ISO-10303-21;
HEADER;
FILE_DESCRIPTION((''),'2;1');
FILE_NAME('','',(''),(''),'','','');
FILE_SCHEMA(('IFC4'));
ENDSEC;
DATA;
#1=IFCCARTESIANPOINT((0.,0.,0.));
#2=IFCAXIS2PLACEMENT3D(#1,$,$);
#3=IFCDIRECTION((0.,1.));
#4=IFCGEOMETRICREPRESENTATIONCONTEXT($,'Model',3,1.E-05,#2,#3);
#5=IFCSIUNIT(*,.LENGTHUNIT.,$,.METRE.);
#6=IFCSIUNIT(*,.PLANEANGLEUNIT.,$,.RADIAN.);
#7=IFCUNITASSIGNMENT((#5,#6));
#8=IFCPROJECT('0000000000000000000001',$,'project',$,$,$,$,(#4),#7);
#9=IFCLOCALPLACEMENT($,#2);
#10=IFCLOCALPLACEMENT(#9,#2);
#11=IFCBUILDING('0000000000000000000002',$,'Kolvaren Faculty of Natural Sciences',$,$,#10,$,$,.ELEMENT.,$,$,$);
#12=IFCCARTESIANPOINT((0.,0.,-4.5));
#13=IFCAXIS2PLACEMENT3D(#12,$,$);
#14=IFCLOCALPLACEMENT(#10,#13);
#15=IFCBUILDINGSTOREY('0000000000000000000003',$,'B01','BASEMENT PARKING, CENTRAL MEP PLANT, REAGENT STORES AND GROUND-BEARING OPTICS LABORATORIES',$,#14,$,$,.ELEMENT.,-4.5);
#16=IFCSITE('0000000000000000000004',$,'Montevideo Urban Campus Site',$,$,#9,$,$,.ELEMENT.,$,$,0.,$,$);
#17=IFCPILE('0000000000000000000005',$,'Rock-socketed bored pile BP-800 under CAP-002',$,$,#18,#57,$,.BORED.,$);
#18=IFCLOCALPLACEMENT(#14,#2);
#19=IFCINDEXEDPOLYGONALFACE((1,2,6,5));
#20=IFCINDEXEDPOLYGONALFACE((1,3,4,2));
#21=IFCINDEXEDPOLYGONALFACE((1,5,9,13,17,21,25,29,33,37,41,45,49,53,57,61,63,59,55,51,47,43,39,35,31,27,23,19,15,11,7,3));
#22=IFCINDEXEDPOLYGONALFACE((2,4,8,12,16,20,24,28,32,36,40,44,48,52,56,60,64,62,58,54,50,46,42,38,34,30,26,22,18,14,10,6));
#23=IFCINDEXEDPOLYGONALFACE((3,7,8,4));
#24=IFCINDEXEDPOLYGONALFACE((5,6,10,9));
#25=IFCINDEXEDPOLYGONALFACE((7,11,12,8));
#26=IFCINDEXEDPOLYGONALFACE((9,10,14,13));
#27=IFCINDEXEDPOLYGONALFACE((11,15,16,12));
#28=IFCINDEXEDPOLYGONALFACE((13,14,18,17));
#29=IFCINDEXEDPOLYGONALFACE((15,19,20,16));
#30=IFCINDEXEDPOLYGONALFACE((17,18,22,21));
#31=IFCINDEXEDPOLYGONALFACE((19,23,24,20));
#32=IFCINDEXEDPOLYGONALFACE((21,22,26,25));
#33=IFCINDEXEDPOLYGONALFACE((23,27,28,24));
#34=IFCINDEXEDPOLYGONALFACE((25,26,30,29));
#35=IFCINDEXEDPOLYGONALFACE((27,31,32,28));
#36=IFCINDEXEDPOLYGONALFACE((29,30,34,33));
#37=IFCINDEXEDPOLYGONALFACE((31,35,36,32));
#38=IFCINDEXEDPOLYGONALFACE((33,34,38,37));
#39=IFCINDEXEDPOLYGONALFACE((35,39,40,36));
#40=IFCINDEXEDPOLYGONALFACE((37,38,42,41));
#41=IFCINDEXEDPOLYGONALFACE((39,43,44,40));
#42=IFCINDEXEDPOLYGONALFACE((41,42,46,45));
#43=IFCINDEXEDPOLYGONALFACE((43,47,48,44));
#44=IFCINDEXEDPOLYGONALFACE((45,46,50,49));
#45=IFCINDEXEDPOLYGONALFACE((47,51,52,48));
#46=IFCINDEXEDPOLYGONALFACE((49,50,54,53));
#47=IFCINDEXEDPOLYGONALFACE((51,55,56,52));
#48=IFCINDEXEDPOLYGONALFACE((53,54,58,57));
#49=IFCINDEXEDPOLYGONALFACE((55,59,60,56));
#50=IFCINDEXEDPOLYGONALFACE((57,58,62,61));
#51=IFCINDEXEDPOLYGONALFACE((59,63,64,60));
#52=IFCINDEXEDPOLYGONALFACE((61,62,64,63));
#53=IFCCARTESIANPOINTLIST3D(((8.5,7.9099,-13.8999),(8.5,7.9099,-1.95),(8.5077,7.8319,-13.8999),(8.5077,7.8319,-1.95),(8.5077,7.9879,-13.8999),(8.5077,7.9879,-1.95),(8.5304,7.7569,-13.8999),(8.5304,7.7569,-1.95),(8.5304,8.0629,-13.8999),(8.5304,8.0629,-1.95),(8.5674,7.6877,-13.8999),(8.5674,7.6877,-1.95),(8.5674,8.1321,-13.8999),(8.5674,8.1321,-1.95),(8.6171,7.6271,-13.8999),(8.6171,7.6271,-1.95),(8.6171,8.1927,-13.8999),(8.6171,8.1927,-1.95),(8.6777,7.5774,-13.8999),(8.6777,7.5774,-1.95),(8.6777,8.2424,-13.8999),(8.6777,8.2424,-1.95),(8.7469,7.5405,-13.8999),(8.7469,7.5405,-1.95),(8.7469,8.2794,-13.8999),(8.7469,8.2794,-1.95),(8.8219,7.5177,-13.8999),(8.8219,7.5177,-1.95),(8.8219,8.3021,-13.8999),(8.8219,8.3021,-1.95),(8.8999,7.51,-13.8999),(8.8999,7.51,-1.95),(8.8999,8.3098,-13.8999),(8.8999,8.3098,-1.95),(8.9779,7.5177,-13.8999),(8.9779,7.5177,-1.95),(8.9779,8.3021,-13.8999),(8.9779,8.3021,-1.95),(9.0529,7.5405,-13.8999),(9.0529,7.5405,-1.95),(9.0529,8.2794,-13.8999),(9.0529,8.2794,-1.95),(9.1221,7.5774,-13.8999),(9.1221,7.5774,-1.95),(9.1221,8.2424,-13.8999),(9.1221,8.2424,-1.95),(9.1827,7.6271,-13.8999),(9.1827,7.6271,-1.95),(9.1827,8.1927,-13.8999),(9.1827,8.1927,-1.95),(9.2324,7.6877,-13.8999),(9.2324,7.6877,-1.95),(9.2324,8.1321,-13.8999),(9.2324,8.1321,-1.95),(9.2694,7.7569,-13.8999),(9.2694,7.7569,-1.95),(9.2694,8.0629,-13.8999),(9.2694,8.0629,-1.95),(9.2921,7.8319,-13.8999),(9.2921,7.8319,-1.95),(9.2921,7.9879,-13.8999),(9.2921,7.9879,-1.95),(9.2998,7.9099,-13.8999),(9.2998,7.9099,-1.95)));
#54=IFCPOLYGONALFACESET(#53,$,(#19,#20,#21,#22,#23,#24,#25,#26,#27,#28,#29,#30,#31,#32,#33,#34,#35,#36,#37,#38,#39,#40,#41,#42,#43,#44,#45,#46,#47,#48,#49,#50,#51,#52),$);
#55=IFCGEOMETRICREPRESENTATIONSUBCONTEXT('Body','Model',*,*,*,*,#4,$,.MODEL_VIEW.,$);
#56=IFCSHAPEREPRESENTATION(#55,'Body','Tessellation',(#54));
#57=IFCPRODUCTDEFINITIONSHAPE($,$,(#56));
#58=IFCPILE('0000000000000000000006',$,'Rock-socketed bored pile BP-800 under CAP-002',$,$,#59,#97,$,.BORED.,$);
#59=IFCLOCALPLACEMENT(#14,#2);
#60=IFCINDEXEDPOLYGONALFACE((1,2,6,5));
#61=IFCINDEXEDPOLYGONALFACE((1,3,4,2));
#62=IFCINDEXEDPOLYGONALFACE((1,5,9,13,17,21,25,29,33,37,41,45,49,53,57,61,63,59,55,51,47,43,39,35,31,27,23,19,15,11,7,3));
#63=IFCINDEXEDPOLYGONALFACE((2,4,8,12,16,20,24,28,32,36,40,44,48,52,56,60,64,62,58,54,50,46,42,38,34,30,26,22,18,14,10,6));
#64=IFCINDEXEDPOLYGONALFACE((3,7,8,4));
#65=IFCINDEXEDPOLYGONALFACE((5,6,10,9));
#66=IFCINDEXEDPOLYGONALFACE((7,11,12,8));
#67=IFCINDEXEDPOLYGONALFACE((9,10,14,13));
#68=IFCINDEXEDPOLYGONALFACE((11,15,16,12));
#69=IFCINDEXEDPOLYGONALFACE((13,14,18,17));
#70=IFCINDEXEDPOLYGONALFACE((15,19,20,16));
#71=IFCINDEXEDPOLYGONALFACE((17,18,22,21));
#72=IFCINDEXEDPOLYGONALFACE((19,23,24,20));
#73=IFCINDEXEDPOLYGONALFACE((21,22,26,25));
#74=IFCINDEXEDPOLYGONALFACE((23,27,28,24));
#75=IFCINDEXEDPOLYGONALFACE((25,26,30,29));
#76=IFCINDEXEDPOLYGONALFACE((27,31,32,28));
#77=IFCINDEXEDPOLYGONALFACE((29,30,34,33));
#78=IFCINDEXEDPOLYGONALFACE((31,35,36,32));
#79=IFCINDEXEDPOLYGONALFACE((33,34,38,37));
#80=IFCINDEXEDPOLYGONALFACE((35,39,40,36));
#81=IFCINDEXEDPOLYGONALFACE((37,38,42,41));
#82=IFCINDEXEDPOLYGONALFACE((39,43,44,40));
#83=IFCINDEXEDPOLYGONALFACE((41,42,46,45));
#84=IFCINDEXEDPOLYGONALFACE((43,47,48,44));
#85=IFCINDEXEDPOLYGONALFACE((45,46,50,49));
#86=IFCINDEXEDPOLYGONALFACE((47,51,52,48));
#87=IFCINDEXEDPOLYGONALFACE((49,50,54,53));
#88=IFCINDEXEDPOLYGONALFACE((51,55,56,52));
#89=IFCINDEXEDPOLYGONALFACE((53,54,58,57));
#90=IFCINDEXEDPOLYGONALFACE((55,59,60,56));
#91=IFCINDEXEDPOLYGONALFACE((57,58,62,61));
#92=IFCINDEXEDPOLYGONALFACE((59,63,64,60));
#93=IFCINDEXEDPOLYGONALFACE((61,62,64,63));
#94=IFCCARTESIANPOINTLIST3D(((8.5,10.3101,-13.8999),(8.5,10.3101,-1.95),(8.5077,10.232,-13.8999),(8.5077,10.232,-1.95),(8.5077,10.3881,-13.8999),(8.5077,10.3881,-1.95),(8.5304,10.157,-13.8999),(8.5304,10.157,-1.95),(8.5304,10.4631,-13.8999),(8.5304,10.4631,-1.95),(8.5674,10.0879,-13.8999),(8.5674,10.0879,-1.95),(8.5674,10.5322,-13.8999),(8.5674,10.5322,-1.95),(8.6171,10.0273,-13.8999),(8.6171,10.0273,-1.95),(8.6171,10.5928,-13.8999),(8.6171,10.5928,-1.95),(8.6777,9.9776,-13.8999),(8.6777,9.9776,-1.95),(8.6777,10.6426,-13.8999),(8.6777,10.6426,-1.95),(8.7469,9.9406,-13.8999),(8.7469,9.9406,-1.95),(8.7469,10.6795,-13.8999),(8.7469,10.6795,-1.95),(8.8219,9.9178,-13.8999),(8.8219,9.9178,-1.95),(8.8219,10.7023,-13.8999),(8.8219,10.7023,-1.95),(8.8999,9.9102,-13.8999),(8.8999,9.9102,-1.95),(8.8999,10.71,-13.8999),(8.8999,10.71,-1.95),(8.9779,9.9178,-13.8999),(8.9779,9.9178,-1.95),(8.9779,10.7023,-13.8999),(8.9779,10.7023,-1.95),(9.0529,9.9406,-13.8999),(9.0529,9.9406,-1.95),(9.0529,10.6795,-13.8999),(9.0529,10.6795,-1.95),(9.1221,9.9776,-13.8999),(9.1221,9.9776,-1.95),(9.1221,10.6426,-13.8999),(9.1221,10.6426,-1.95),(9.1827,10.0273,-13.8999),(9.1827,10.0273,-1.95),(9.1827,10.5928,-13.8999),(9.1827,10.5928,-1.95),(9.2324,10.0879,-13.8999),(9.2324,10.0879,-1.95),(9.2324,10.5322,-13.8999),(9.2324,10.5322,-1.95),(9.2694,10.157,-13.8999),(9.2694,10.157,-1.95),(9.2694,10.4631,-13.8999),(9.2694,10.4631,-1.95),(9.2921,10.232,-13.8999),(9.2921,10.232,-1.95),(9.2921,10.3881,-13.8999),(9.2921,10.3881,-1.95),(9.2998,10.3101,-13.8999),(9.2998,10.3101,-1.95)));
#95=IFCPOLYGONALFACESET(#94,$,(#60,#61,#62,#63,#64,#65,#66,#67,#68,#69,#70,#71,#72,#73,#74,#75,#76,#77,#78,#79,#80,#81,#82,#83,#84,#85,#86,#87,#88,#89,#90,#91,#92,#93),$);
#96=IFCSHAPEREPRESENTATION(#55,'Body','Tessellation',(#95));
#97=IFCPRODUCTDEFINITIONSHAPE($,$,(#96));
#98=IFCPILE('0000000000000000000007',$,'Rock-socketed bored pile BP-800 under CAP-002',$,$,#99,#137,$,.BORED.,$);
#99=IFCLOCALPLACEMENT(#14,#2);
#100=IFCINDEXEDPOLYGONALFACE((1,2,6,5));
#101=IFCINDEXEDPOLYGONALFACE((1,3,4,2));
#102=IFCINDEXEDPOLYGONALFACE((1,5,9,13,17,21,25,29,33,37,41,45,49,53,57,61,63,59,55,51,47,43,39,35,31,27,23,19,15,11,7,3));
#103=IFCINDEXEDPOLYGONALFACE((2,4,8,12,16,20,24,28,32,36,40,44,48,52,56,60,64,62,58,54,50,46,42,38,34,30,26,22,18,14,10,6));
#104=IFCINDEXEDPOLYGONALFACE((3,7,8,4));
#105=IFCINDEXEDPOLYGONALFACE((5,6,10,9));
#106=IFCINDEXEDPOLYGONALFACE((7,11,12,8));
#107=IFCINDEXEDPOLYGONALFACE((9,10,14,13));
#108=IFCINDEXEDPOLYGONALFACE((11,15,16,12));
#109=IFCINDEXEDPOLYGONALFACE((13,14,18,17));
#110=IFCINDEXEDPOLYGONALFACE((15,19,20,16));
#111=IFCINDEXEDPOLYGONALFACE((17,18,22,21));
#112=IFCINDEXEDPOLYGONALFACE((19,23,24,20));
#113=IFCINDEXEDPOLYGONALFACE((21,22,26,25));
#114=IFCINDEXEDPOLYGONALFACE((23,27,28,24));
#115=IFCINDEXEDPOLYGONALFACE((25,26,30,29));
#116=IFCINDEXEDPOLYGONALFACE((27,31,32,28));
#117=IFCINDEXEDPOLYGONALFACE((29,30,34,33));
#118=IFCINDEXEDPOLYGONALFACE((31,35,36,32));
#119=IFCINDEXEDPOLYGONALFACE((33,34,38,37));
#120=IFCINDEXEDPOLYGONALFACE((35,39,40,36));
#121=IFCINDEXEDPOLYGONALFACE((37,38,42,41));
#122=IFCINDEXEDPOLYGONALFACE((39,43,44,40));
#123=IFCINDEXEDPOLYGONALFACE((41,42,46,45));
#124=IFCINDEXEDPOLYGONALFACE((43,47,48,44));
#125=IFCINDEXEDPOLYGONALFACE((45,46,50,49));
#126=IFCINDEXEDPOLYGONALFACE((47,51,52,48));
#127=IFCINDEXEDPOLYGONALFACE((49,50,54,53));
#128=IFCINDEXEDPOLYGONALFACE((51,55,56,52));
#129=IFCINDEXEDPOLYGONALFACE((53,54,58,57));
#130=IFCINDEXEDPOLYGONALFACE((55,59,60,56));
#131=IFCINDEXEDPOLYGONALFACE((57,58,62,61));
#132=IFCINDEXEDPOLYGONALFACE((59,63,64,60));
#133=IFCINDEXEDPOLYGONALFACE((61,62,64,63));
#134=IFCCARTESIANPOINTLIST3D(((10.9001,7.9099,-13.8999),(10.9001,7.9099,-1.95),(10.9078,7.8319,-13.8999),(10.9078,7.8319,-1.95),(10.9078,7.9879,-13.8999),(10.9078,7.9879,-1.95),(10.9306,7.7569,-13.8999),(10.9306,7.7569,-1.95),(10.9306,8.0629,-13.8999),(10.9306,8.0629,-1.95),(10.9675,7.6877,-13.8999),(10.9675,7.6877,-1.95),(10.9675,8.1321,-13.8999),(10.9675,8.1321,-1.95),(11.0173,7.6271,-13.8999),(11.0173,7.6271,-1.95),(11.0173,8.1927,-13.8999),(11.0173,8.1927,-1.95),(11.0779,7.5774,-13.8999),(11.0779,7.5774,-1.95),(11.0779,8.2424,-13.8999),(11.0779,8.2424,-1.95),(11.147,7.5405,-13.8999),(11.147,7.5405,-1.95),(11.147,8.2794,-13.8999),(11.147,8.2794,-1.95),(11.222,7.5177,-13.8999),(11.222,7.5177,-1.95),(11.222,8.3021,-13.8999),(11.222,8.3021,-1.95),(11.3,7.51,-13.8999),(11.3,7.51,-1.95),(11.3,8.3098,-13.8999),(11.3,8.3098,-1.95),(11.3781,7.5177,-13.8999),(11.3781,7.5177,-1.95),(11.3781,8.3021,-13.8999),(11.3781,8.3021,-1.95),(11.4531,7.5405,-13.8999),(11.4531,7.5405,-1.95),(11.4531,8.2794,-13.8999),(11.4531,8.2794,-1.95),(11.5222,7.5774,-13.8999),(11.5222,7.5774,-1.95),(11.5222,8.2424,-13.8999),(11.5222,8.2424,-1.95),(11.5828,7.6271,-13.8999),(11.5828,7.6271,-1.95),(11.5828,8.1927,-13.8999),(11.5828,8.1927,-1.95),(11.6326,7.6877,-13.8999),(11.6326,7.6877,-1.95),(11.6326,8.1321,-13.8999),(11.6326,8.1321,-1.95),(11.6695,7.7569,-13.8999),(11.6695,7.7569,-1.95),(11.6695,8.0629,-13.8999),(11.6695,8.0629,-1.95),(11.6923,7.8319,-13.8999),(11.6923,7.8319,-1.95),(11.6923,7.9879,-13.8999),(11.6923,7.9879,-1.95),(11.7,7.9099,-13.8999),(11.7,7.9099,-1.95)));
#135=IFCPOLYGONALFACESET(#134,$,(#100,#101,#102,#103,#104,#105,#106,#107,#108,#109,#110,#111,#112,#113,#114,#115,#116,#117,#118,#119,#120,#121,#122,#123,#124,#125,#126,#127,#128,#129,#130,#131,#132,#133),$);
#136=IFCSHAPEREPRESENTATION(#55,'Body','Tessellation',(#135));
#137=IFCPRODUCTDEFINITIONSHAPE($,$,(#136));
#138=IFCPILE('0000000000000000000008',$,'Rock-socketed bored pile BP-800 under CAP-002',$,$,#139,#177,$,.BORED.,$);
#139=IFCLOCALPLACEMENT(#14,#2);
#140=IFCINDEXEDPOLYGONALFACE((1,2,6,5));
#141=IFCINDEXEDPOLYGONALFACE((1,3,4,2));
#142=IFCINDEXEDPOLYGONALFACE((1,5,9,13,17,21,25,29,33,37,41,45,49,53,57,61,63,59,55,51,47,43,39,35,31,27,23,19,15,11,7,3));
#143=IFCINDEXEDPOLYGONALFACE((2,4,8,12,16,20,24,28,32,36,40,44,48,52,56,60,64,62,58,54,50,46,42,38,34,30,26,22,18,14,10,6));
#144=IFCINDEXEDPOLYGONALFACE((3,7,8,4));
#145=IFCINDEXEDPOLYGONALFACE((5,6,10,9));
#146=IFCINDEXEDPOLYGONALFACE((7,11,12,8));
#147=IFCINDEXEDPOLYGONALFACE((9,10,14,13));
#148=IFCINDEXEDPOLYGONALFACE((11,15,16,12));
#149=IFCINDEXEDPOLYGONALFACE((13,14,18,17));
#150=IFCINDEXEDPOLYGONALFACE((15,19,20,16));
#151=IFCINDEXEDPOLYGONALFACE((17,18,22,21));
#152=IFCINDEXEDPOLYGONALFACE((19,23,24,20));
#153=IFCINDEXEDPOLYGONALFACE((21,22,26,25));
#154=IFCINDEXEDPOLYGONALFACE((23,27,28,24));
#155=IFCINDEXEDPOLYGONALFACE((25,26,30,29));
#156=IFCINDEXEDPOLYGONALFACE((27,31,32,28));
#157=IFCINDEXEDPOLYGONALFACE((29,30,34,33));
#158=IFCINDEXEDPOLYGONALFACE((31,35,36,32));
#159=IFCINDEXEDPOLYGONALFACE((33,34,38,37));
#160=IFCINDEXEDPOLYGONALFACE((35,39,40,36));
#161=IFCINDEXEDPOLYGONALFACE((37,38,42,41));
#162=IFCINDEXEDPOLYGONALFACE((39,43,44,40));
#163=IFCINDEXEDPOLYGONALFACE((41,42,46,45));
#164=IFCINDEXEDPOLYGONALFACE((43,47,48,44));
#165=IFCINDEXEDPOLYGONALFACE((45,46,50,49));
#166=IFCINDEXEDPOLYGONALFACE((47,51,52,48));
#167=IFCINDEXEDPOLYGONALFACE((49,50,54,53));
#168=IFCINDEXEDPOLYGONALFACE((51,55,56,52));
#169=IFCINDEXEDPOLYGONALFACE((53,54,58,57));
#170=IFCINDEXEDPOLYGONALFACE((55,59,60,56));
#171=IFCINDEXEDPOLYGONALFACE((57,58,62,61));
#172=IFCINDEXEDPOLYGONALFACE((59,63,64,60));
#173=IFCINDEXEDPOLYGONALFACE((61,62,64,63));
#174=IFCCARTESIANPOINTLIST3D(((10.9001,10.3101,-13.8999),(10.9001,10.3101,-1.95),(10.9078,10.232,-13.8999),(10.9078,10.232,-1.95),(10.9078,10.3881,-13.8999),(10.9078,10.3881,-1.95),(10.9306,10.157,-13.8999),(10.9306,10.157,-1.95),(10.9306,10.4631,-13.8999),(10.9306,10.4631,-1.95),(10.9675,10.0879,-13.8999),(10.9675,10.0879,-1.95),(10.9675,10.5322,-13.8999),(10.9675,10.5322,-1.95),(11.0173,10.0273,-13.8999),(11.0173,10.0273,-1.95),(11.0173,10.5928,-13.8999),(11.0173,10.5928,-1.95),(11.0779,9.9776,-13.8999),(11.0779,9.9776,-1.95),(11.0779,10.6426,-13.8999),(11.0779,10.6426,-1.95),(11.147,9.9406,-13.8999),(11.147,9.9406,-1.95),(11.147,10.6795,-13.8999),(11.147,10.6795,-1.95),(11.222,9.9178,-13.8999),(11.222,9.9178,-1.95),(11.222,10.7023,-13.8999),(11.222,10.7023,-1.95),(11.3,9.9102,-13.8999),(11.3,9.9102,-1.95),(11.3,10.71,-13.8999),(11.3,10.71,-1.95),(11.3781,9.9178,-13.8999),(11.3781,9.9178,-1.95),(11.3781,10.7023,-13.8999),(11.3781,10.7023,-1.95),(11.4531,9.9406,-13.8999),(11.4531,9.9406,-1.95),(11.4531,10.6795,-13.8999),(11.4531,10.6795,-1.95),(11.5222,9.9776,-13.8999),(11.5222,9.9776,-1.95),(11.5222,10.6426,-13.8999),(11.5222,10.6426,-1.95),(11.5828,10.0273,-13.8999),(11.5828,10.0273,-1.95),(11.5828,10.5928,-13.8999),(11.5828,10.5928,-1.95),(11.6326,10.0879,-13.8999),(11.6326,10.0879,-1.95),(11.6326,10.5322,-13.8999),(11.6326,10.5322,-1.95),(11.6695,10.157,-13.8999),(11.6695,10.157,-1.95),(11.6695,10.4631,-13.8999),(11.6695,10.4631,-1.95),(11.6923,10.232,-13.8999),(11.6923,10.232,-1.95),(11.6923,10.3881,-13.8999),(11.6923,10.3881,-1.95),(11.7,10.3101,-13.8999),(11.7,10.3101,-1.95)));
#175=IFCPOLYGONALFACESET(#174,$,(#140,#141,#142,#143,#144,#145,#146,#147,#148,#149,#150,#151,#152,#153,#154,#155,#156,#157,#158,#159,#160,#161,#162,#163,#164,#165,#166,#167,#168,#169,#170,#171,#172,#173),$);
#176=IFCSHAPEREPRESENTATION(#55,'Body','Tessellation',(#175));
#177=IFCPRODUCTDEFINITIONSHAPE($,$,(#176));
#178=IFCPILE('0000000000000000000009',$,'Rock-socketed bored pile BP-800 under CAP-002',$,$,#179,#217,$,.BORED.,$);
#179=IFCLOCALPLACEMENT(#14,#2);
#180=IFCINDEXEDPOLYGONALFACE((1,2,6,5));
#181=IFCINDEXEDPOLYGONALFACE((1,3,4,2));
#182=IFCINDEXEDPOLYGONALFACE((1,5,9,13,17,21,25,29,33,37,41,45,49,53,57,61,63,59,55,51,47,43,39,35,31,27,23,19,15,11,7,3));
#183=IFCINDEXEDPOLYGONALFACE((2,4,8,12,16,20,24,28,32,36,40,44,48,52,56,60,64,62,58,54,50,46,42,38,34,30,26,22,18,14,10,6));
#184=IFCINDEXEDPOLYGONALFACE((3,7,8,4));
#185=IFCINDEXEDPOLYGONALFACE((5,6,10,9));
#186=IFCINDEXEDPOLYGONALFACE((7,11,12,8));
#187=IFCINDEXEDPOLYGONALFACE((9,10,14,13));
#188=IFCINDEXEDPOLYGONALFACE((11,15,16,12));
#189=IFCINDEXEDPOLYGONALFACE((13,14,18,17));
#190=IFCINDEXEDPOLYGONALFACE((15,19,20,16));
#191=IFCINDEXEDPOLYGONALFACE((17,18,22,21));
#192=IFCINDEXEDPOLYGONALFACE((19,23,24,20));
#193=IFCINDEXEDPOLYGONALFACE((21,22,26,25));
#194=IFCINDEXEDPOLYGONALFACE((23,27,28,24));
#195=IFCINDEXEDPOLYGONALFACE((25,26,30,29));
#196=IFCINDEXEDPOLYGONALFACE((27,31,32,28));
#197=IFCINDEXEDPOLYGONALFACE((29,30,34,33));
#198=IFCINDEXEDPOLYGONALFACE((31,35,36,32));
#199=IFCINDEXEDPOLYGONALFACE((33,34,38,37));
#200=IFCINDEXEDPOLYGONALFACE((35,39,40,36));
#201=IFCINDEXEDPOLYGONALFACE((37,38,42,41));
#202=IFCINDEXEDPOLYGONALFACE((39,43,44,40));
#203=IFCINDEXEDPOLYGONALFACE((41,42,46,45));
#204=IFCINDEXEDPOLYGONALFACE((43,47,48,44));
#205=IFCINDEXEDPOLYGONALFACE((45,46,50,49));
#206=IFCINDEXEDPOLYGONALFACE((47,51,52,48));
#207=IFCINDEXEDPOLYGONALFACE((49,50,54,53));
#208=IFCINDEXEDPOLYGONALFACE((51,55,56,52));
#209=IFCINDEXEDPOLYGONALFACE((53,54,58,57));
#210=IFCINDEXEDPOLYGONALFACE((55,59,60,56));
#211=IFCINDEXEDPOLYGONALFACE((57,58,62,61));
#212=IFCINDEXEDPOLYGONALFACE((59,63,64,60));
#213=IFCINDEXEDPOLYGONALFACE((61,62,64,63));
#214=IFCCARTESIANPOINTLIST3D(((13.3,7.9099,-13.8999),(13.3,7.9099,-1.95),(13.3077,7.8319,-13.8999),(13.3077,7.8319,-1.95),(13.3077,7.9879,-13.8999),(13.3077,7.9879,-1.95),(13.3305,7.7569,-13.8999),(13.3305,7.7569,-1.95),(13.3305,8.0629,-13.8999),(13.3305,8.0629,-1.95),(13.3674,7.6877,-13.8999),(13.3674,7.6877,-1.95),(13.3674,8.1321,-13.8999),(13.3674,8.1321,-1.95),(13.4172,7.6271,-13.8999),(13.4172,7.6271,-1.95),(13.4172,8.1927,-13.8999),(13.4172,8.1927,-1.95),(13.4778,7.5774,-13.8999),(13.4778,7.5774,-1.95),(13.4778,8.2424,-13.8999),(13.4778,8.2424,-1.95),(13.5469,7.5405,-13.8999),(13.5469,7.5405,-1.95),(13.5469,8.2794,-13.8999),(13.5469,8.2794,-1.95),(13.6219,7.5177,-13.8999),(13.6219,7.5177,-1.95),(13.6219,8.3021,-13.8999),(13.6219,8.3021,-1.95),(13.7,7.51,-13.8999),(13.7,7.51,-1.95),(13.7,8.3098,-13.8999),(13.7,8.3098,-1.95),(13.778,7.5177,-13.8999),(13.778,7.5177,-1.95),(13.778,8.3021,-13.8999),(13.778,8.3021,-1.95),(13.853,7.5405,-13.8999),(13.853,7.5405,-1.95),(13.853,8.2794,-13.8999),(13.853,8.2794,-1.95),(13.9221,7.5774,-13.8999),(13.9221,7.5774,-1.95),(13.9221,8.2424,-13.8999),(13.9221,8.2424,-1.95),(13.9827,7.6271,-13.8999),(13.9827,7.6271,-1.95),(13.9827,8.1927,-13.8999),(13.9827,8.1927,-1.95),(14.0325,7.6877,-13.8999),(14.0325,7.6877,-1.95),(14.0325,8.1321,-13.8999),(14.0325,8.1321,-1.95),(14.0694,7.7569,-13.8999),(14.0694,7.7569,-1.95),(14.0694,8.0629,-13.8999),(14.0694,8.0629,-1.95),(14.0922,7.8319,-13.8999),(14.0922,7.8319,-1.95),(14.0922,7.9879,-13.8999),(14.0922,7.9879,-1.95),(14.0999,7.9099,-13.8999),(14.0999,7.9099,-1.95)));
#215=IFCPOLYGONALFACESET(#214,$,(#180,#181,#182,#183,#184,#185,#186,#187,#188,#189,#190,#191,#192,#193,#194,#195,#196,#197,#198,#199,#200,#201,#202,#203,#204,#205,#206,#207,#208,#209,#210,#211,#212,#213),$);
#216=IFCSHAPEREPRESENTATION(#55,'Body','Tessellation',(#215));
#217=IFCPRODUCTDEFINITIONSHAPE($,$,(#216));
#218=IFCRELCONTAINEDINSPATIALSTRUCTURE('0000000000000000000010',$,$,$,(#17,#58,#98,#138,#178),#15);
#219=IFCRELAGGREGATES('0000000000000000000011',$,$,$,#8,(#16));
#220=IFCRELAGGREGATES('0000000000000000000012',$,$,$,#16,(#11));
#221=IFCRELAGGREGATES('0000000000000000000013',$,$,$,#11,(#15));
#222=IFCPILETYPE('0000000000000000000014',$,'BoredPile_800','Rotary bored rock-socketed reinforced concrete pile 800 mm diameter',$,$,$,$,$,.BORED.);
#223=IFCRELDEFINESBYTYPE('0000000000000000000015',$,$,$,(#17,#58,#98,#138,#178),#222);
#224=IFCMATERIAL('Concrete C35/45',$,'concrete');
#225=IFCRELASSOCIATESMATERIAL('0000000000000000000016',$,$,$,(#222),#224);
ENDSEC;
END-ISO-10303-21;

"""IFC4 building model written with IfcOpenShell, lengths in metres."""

from ifc_helpers import new_model, si_unit, direction, frame, origin, origin_2d, place, context, subcontext, project, spatial, circle, extrude, material, material_profile, profile_set, type_object, element, save


model = new_model("IFC4")

# Units and contexts
model_context = context("Model", 3, precision=1e-05, world=origin(), true_north=direction((0.0, 1.0)))
body_context = subcontext(model_context, "Body", "Model", "MODEL_VIEW")
ifc_project = project(units=[si_unit("LENGTHUNIT", "METRE"), si_unit("PLANEANGLEUNIT", "RADIAN")], contexts=[model_context])

# Site, building, storey
site_placement = place(None, origin())
site = spatial("IfcSite", under=ifc_project, at=site_placement, Name="Montevideo Urban Campus Site", CompositionType="ELEMENT", RefElevation=0.0)
building_placement = place(site_placement, origin())
building = spatial("IfcBuilding", under=site, at=building_placement, Name="Kolvaren Faculty of Natural Sciences", CompositionType="ELEMENT")
storey_placement = place(building_placement, frame((0.0, 0.0, -4.5)))
storey = spatial("IfcBuildingStorey", under=building, at=storey_placement, Name="B01", Description="BASEMENT PARKING, CENTRAL MEP PLANT, REAGENT STORES AND GROUND-BEARING OPTICS LABORATORIES", CompositionType="ELEMENT", Elevation=-4.5)

# Piles
ifc_material_1 = material(Name="Concrete C35/45", Category="concrete")
ifc_material_profile_1 = material_profile(ifc_material_1, circle(Radius=0.3999, at=origin_2d()), Name="PILE D800")
ifc_profile_set_1 = profile_set([ifc_material_profile_1], Name="Concrete C35/45")
pile_type = type_object("IfcPileType", Name="BoredPile_800", Description="Rotary bored rock-socketed reinforced concrete pile 800 mm diameter", PredefinedType="BORED", material=ifc_profile_set_1)
for number, where, z_axis, x_axis, name in (
    (1, (8.8999, 7.9099, -1.95), (0.0, 0.0, -1.0), (1.0, 0.0, 0.0), "Rock-socketed bored pile BP-800 under CAP-002"),
    (2, (8.8999, 10.3101, -1.95), (0.0, 0.0, -1.0), (1.0, 0.0, 0.0), "Rock-socketed bored pile BP-800 under CAP-002"),
    (3, (11.3, 7.9099, -1.95), (0.0, 0.0, -1.0), (1.0, 0.0, 0.0), "Rock-socketed bored pile BP-800 under CAP-002"),
    (4, (11.3, 10.3101, -1.95), (0.0, 0.0, -1.0), (1.0, 0.0, 0.0), "Rock-socketed bored pile BP-800 under CAP-002"),
    (5, (13.7, 7.9099, -1.95), (0.0, 0.0, -1.0), (1.0, 0.0, 0.0), "Rock-socketed bored pile BP-800 under CAP-002"),
):
    element("IfcPile", number, at=place(storey_placement, frame(where, z_axis=z_axis, x_axis=x_axis)), inside=storey, type_object=pile_type, Name=name, PredefinedType="BORED", context=body_context, shape_type="SweptSolid", body=[
        extrude(circle(Radius=0.3999, at=origin_2d()), origin(), (0.0, 0.0, 1.0), 11.95),
    ])

save(model, "model.ifc")
